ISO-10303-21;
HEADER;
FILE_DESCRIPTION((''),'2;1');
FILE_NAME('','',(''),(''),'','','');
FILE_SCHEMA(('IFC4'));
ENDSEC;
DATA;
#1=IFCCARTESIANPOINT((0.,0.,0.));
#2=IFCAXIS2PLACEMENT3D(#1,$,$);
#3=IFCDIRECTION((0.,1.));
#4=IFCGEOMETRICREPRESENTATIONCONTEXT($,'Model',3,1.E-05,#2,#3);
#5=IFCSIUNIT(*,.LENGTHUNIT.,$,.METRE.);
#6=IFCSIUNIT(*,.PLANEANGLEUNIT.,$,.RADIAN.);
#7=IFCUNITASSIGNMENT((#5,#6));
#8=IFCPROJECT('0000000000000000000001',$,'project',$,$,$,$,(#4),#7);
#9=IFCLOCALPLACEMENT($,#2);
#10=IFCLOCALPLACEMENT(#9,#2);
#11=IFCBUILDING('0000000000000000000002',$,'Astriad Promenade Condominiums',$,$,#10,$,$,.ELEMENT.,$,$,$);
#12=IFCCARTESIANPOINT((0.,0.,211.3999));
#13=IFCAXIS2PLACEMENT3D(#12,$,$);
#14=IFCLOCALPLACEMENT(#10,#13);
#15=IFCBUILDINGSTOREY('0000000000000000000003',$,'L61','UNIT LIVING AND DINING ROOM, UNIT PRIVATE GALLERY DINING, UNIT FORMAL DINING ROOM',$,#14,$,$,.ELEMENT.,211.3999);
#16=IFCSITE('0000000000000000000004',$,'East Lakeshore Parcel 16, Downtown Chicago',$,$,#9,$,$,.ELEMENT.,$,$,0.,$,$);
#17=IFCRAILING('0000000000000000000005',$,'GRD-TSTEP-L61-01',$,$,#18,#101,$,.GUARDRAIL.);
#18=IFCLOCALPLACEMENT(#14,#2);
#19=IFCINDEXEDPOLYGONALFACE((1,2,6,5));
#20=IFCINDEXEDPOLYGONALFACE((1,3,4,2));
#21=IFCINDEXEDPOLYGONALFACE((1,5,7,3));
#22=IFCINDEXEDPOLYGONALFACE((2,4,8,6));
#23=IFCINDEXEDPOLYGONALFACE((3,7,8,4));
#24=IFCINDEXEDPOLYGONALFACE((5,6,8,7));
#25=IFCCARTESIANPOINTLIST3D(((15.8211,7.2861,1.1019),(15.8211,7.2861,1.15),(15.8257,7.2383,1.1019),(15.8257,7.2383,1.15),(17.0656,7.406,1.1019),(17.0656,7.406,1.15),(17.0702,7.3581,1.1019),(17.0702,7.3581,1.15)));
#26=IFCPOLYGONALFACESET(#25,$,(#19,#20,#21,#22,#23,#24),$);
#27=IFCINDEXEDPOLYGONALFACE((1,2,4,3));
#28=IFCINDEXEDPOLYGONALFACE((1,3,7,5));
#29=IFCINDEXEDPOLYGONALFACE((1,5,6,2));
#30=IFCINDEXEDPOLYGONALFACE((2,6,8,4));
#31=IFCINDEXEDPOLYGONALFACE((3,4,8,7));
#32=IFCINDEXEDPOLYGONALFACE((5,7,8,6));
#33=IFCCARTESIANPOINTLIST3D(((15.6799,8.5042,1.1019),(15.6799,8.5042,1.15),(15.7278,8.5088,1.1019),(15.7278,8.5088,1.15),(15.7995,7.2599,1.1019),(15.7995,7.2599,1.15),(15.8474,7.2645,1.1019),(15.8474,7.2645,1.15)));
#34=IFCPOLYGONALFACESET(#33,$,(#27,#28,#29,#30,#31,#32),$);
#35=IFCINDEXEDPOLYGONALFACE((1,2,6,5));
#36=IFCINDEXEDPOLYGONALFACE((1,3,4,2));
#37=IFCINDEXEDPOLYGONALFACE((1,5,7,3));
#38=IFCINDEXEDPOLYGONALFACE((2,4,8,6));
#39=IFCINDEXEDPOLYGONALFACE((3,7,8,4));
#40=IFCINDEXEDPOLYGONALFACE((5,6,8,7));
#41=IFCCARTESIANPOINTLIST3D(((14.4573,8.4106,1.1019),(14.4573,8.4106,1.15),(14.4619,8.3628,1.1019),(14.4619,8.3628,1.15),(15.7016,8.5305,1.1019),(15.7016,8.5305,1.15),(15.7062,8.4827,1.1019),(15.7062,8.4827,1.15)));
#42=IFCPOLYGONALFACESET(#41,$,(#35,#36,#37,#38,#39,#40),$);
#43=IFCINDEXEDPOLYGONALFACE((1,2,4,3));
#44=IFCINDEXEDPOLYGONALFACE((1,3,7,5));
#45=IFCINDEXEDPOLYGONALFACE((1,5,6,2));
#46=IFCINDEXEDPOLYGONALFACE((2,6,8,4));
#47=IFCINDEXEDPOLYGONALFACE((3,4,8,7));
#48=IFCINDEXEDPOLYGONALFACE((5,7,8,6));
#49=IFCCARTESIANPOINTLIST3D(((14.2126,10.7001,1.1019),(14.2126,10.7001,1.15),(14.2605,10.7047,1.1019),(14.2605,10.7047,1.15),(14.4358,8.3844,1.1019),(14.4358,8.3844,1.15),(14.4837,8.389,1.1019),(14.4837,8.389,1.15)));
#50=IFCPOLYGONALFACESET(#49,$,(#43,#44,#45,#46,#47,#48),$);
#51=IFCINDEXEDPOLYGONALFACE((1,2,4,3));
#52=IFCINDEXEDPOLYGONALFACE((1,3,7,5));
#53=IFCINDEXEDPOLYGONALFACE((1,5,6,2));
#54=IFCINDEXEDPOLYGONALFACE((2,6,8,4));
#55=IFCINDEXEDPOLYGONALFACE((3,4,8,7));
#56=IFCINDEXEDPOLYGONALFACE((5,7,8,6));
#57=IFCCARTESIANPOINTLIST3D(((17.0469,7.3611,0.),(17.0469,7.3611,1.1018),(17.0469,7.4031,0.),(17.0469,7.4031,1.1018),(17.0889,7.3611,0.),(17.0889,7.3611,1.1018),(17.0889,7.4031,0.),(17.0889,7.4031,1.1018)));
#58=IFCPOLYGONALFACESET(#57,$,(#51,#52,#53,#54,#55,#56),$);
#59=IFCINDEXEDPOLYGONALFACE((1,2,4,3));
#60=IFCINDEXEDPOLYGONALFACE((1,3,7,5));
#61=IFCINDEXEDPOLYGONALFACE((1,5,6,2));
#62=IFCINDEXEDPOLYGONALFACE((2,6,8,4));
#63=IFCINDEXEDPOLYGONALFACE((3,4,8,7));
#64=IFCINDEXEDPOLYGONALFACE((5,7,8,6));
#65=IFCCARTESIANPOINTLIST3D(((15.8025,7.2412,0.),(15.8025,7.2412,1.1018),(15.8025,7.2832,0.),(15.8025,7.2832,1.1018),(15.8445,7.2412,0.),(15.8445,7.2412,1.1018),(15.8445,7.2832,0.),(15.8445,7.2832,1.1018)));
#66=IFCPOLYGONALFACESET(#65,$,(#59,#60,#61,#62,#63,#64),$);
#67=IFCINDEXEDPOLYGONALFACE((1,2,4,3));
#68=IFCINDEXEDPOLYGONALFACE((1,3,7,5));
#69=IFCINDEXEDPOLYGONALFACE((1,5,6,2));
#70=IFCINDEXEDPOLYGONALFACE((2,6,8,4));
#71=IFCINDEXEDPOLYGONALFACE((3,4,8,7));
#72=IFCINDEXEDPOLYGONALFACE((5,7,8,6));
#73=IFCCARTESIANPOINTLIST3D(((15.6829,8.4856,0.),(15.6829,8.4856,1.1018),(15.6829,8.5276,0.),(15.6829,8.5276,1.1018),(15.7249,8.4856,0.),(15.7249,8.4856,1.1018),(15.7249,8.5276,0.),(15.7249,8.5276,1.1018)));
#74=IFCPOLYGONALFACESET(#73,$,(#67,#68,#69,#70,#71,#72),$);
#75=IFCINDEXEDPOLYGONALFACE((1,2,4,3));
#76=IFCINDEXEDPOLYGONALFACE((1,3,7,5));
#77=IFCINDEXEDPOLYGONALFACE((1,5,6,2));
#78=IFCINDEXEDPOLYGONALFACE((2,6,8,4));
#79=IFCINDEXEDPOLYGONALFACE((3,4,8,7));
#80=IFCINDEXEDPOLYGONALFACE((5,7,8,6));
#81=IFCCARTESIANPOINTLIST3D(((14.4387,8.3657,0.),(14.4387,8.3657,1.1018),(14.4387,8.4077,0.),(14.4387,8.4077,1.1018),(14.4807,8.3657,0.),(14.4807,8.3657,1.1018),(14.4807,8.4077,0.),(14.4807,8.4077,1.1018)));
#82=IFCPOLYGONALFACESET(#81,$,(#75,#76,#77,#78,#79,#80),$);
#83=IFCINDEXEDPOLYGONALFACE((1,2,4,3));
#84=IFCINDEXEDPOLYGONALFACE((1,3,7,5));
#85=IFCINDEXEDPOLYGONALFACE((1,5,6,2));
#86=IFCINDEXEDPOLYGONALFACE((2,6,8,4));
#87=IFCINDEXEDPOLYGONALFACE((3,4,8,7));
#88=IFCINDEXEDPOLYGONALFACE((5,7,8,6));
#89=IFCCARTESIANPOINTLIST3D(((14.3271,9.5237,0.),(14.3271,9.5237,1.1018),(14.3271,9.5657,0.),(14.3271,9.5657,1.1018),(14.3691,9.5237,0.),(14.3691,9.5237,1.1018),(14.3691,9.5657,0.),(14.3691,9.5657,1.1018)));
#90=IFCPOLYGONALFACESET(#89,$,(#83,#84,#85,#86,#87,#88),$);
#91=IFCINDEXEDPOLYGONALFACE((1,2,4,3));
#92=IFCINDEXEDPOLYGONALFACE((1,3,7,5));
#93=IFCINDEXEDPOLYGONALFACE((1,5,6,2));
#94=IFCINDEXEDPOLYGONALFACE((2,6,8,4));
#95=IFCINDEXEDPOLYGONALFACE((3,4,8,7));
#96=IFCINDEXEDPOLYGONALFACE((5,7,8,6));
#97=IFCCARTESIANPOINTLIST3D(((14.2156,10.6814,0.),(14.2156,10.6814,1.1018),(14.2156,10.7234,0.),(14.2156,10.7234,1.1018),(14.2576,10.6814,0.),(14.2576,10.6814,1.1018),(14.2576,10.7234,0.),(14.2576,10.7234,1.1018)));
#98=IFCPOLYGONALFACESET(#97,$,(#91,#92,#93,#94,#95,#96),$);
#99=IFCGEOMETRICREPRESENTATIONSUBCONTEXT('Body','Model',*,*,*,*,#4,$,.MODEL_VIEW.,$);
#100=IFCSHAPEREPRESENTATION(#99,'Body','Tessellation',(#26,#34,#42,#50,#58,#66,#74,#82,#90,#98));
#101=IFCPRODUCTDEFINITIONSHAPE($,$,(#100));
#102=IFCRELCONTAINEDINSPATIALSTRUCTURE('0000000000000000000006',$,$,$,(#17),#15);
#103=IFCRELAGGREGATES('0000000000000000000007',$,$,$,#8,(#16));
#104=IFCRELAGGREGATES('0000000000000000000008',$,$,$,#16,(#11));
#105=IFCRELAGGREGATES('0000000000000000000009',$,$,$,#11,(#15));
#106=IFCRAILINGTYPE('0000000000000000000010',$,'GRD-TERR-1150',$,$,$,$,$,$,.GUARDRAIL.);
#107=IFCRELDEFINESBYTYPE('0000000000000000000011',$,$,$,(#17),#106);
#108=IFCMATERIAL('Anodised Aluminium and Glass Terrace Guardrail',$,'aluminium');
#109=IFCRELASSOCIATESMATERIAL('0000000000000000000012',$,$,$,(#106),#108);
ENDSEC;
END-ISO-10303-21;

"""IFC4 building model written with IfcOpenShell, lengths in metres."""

from ifc_helpers import new_model, si_unit, direction, frame, origin, origin_2d, place, context, subcontext, project, spatial, rectangle, extrude, source, transform, mapped, material, type_object, type_shapes, element, save


model = new_model("IFC4")

# Units and contexts
model_context = context("Model", 3, precision=1e-05, world=origin(), true_north=direction((0.0, 1.0)))
body_context = subcontext(model_context, "Body", "Model", "MODEL_VIEW")
ifc_project = project(units=[si_unit("LENGTHUNIT", "METRE"), si_unit("PLANEANGLEUNIT", "RADIAN")], contexts=[model_context])

# Site, building, storey
site_placement = place(None, origin())
site = spatial("IfcSite", under=ifc_project, at=site_placement, Name="East Lakeshore Parcel 16, Downtown Chicago", CompositionType="ELEMENT", RefElevation=0.0)
building_placement = place(site_placement, origin())
building = spatial("IfcBuilding", under=site, at=building_placement, Name="Astriad Promenade Condominiums", CompositionType="ELEMENT")
storey_placement = place(building_placement, frame((0.0, 0.0, 211.3999)))
storey = spatial("IfcBuildingStorey", under=building, at=storey_placement, Name="L61", Description="UNIT LIVING AND DINING ROOM, UNIT PRIVATE GALLERY DINING, UNIT FORMAL DINING ROOM", CompositionType="ELEMENT", Elevation=211.3999)

# Railing
ifc_material_1 = material(Name="Anodised Aluminium and Glass Terrace Guardrail", Category="aluminium")
railing_type = type_object("IfcRailingType", Name="GRD-TERR-1150", PredefinedType="GUARDRAIL", material=ifc_material_1)
shared_shape_1 = source(origin(), body_context, "Body", "SweptSolid", [
    extrude(rectangle(XDim=0.0481, YDim=0.0481, at=origin_2d()), frame((0.0, 0.0, 1.126), z_axis=(-0.995392, -0.095887, 0.0), x_axis=(0.095887, -0.995392, 0.0)), (0.0, 0.0, 1.0), 1.2502),
    extrude(rectangle(XDim=0.0481, YDim=0.0481, at=origin_2d()), frame((-1.2444, -0.1199, 1.126), z_axis=(-0.095694, 0.995411, 0.0), x_axis=(-0.995411, -0.095694, 0.0)), (0.0, 0.0, 1.0), 1.25),
    extrude(rectangle(XDim=0.0481, YDim=0.0481, at=origin_2d()), frame((-1.364, 1.1245, 1.126), z_axis=(-0.99539, -0.095906, 0.0), x_axis=(0.095906, -0.99539, 0.0)), (0.0, 0.0, 1.0), 1.25),
    extrude(rectangle(XDim=0.0481, YDim=0.0481, at=origin_2d()), frame((-2.6082, 1.0046, 1.126), z_axis=(-0.095918, 0.995389, 0.0), x_axis=(-0.995389, -0.095918, 0.0)), (0.0, 0.0, 1.0), 2.3264),
    extrude(rectangle(XDim=0.042, YDim=0.042, at=origin_2d()), origin(), (0.0, 0.0, 1.0), 1.1018),
    extrude(rectangle(XDim=0.042, YDim=0.042, at=origin_2d()), frame((-1.2444, -0.1199, 0.0)), (0.0, 0.0, 1.0), 1.1018),
    extrude(rectangle(XDim=0.042, YDim=0.042, at=origin_2d()), frame((-1.364, 1.1245, 0.0)), (0.0, 0.0, 1.0), 1.1018),
    extrude(rectangle(XDim=0.042, YDim=0.042, at=origin_2d()), frame((-2.6082, 1.0046, 0.0)), (0.0, 0.0, 1.0), 1.1018),
    extrude(rectangle(XDim=0.042, YDim=0.042, at=origin_2d()), frame((-2.7197, 2.1626, 0.0)), (0.0, 0.0, 1.0), 1.1018),
    extrude(rectangle(XDim=0.042, YDim=0.042, at=origin_2d()), frame((-2.8313, 3.3203, 0.0)), (0.0, 0.0, 1.0), 1.1018),
])
type_shapes(railing_type, [shared_shape_1])
railing_placement = place(storey_placement, frame((17.0679, 7.3821, 0.0)))
element("IfcRailing", 1, at=railing_placement, inside=storey, type_object=railing_type, Name="GRD-TSTEP-L61-01", PredefinedType="GUARDRAIL", context=body_context, shape_type="MappedRepresentation", body=[
    mapped(shared_shape_1, transform((0.0, 0.0, 0.0), scale=1.0)),
])

save(model, "model.ifc")
